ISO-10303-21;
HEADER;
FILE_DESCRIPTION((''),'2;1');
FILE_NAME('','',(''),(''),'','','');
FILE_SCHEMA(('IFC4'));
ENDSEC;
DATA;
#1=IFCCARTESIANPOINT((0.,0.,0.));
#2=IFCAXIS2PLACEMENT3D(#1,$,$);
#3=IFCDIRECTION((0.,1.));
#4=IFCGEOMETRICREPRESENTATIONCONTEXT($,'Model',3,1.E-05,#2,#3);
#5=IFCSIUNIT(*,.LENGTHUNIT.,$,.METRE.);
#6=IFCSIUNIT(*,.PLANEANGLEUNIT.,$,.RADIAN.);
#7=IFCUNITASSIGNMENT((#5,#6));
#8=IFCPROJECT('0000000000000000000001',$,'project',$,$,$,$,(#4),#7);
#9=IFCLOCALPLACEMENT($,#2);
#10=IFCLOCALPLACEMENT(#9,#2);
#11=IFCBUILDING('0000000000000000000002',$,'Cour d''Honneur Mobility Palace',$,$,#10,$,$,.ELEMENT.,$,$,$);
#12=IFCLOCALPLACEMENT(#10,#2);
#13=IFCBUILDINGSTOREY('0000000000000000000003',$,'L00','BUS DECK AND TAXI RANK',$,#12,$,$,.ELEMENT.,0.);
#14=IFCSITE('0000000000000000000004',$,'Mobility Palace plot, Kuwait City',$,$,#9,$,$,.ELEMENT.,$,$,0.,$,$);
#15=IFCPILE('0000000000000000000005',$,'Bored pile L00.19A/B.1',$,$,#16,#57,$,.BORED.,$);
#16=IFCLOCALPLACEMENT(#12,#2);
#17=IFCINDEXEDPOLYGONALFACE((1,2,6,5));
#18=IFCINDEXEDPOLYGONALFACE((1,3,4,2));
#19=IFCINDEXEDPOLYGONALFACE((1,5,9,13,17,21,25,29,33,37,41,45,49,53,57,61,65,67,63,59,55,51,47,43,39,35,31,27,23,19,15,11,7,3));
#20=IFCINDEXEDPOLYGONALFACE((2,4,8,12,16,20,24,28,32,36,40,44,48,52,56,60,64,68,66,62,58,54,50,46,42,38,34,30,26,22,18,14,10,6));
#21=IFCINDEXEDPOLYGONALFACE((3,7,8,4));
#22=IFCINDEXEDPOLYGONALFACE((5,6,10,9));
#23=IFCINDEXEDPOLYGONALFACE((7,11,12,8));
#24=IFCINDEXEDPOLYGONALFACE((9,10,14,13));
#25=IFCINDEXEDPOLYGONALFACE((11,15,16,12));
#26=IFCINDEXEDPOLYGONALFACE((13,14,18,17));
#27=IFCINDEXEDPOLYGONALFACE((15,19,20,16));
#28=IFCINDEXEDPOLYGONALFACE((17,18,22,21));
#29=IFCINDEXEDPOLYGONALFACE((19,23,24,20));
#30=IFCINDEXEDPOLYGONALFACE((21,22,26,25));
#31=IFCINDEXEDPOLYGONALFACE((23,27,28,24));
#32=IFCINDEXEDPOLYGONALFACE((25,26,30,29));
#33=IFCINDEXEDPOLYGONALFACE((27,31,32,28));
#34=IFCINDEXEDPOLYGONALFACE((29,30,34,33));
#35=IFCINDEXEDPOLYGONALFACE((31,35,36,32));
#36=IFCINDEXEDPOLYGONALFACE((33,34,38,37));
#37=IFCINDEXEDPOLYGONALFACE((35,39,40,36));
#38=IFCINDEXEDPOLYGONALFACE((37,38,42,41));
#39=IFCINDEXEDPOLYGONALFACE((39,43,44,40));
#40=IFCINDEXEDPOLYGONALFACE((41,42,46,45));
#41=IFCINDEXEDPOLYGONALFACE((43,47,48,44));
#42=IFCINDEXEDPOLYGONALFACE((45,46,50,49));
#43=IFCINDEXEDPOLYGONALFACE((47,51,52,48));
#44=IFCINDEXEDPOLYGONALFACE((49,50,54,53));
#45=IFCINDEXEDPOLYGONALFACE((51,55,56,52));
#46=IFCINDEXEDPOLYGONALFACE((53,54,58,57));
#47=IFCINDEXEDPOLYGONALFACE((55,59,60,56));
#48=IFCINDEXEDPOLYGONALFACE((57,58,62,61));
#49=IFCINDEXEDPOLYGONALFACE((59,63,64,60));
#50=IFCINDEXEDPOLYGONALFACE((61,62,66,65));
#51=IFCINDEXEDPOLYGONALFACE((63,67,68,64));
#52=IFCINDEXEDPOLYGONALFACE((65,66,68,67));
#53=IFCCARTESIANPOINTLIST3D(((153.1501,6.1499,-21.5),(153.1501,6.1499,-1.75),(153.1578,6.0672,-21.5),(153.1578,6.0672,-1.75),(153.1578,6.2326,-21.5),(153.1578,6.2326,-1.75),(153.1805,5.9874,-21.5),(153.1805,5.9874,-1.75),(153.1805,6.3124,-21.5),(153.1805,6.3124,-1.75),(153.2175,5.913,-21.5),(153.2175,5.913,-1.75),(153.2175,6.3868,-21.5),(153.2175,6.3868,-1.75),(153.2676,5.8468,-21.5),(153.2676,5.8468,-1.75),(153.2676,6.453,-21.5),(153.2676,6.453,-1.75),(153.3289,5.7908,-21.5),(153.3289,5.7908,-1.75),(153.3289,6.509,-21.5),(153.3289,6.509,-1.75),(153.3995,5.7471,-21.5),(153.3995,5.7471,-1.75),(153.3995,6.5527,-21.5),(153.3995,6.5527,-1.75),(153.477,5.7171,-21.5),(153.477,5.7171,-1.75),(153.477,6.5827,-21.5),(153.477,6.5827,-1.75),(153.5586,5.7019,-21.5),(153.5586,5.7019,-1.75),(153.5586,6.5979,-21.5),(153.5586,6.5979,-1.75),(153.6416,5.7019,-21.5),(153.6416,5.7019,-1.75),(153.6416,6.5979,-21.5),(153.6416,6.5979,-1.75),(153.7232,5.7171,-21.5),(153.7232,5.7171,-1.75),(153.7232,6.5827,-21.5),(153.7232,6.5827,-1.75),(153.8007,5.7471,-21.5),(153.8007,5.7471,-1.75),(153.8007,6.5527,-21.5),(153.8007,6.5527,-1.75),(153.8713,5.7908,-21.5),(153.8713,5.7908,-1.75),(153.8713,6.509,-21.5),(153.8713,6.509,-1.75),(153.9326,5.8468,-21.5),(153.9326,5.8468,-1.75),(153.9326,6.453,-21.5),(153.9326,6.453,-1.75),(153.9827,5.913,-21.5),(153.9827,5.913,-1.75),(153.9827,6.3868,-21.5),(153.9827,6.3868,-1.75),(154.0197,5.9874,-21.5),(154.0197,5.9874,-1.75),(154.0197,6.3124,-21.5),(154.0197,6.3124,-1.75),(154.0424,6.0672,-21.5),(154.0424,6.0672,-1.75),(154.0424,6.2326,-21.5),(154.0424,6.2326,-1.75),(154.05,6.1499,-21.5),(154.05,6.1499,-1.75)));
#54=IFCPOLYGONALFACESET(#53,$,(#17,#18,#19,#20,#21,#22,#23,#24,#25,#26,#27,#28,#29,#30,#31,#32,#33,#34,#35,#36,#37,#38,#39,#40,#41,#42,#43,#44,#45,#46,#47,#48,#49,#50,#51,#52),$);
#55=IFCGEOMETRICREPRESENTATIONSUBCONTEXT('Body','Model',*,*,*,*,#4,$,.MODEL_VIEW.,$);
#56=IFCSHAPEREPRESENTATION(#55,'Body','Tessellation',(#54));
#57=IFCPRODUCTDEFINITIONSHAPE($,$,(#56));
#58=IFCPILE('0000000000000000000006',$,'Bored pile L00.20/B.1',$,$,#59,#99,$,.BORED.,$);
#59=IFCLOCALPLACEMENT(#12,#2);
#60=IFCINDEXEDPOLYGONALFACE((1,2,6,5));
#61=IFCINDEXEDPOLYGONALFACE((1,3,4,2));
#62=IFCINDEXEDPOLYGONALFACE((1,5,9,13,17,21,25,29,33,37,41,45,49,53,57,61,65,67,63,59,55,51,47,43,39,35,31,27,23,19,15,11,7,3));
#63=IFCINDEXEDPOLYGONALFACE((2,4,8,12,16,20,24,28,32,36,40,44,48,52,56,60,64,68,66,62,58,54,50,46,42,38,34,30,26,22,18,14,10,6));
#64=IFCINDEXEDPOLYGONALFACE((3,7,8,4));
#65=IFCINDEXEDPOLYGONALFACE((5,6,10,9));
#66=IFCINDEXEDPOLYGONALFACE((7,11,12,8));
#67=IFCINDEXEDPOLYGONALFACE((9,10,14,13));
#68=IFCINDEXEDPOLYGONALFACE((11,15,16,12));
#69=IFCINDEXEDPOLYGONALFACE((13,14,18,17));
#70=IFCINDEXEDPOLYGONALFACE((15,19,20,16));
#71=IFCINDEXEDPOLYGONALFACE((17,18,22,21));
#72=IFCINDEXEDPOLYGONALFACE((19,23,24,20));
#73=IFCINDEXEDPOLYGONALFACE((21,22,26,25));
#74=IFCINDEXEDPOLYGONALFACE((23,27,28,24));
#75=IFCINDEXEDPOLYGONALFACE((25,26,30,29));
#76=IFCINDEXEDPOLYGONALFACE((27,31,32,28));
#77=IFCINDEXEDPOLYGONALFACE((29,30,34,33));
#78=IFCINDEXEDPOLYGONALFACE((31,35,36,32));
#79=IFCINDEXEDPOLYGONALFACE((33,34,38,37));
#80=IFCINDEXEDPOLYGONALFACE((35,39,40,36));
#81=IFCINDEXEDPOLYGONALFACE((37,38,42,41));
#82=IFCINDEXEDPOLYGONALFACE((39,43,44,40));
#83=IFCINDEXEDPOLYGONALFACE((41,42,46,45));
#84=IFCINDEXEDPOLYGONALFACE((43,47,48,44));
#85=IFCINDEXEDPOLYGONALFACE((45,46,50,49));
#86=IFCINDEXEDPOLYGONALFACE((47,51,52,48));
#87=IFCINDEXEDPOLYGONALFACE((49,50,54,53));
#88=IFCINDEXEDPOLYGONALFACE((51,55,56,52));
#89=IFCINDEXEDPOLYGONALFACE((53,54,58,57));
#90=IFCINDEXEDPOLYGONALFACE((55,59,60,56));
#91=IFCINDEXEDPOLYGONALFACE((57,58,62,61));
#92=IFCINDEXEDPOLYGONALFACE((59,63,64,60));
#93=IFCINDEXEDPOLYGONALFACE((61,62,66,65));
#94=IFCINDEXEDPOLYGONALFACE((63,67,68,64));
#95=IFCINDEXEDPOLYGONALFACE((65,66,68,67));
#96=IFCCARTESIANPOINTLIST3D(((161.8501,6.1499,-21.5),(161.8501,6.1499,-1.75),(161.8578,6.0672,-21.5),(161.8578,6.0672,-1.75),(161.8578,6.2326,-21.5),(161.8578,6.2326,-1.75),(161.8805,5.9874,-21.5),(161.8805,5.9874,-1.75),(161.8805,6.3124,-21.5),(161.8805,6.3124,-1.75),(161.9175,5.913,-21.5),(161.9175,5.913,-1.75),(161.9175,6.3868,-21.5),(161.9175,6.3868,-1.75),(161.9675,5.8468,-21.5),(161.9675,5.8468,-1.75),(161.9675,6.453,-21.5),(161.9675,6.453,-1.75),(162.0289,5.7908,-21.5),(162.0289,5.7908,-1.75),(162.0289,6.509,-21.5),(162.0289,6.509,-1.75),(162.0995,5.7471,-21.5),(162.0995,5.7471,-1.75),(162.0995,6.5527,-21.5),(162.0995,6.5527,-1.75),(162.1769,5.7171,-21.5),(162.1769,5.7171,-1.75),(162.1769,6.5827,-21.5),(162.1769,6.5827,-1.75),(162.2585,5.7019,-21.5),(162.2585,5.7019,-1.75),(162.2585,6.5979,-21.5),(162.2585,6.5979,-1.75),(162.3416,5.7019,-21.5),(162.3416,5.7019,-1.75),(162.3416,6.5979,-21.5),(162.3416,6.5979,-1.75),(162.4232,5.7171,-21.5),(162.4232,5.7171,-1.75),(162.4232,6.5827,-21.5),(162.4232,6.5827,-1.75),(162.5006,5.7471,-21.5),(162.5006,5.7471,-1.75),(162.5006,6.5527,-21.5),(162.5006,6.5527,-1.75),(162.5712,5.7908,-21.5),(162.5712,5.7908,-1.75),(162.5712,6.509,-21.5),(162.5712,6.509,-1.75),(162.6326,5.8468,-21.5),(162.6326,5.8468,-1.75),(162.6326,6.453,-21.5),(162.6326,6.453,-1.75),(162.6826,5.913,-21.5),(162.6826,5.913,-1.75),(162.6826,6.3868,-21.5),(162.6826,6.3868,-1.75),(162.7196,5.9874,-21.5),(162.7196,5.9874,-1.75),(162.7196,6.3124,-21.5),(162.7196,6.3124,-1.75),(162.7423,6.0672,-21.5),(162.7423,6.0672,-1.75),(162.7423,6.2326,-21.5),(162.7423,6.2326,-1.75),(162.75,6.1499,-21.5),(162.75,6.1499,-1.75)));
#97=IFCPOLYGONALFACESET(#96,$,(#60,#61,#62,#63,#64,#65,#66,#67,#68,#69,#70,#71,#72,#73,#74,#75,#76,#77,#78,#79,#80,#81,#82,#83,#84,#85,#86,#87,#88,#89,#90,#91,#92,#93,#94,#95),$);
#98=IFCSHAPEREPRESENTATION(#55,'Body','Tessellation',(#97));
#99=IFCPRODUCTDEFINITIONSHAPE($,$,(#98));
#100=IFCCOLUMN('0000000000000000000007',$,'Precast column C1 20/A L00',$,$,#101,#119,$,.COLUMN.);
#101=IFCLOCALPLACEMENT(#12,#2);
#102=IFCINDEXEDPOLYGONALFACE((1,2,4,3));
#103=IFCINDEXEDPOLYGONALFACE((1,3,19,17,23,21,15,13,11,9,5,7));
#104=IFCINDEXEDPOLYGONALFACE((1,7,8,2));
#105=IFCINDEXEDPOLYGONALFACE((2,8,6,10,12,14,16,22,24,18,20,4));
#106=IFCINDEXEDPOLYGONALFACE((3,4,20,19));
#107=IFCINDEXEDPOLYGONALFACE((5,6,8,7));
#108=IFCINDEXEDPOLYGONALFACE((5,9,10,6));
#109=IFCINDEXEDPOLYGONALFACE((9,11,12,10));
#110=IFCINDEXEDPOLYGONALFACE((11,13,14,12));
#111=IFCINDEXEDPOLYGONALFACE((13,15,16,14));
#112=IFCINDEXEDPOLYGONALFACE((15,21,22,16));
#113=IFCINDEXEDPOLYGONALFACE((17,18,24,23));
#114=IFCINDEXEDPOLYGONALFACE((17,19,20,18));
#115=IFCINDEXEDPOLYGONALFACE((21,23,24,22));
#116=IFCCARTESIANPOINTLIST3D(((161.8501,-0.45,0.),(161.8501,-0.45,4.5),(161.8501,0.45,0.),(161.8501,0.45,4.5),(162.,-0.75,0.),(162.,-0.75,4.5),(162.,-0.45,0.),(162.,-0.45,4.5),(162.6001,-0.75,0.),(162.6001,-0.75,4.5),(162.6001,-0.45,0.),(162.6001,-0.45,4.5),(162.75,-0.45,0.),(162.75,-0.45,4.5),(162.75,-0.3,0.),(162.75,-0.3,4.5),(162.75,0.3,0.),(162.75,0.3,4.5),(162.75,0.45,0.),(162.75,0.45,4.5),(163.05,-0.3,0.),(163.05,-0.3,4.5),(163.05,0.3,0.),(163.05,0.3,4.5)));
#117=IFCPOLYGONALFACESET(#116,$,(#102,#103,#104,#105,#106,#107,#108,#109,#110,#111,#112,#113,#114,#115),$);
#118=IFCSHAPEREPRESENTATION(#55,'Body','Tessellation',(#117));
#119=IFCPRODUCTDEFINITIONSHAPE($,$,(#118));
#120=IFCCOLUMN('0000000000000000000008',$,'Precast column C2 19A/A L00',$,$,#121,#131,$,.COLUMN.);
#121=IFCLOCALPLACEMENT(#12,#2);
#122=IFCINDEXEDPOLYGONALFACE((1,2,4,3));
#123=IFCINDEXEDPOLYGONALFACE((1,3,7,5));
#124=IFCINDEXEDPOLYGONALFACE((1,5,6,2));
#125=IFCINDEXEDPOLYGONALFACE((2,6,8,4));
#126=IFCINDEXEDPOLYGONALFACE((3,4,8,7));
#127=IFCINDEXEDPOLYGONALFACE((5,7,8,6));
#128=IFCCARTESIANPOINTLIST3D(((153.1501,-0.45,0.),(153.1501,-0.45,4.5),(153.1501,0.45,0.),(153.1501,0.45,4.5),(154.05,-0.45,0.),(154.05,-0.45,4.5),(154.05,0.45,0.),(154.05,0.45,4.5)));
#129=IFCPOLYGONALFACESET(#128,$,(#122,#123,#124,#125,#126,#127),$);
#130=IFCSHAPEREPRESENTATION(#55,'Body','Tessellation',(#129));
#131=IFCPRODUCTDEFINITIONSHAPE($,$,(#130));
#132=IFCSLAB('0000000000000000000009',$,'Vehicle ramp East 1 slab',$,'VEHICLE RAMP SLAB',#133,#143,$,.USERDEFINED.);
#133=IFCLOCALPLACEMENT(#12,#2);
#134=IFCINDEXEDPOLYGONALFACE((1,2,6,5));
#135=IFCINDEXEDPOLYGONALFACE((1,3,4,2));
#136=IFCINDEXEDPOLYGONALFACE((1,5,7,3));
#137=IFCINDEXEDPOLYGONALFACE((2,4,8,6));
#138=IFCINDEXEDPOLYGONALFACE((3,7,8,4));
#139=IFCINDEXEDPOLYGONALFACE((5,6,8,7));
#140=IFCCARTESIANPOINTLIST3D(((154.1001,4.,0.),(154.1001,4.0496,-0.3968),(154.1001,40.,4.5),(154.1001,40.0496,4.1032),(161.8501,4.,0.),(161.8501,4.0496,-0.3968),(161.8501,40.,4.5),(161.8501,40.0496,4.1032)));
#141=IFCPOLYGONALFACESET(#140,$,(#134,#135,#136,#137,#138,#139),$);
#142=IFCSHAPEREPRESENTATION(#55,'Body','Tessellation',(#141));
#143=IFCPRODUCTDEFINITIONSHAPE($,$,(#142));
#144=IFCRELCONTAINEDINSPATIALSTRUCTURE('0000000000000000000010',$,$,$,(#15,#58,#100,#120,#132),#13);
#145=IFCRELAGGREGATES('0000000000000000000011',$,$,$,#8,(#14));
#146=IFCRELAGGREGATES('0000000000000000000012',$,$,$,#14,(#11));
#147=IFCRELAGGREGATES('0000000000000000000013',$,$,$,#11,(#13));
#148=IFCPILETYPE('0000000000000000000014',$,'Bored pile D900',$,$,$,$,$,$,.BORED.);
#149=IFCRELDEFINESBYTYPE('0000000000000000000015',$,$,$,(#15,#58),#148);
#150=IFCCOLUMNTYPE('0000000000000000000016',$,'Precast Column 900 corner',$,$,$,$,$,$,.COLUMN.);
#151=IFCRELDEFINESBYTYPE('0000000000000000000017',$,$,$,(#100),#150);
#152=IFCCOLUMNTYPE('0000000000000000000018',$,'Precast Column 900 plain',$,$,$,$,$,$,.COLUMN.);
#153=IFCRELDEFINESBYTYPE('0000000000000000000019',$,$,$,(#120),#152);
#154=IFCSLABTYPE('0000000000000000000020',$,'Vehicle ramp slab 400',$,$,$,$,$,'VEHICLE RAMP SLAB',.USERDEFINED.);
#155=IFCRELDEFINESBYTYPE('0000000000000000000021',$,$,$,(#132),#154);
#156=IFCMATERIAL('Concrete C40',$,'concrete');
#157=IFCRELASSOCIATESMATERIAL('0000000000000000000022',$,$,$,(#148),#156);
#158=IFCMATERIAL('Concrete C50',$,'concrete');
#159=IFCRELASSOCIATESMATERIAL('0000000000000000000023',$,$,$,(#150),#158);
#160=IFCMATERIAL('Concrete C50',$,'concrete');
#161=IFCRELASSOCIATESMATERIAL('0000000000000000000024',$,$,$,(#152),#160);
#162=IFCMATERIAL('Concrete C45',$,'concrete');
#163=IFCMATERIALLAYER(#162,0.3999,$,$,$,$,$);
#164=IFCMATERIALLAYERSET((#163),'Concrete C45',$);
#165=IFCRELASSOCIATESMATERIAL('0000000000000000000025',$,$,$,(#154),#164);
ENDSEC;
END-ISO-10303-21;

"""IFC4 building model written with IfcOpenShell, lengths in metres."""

from ifc_helpers import new_model, si_unit, direction, frame, origin, origin_2d, place, context, subcontext, project, spatial, polyline, circle, outline, extrude, material, layer, layer_set, material_profile, profile_set, type_object, element, save


model = new_model("IFC4")

# Units and contexts
model_context = context("Model", 3, precision=1e-05, world=origin(), true_north=direction((0.0, 1.0)))
body_context = subcontext(model_context, "Body", "Model", "MODEL_VIEW")
ifc_project = project(units=[si_unit("LENGTHUNIT", "METRE"), si_unit("PLANEANGLEUNIT", "RADIAN")], contexts=[model_context])

# Site, building, storey
site_placement = place(None, origin())
site = spatial("IfcSite", under=ifc_project, at=site_placement, Name="Mobility Palace plot, Kuwait City", CompositionType="ELEMENT", RefElevation=0.0)
building_placement = place(site_placement, origin())
building = spatial("IfcBuilding", under=site, at=building_placement, Name="Cour d'Honneur Mobility Palace", CompositionType="ELEMENT")
storey_placement = place(building_placement, origin())
storey = spatial("IfcBuildingStorey", under=building, at=storey_placement, Name="L00", Description="BUS DECK AND TAXI RANK", CompositionType="ELEMENT", Elevation=0.0)

# Piles
ifc_material_1 = material(Name="Concrete C40", Category="concrete")
ifc_material_profile_1 = material_profile(ifc_material_1, circle(Radius=0.45, at=origin_2d()), Name="Bored pile D900")
ifc_profile_set_1 = profile_set([ifc_material_profile_1], Name="Concrete C40")
pile_type = type_object("IfcPileType", Name="Bored pile D900", PredefinedType="BORED", material=ifc_profile_set_1)
for number, where, z_axis, x_axis, name in (
    (1, (153.6001, 6.1499, -1.75), (0.0, 0.0, -1.0), (1.0, 0.0, 0.0), "Bored pile L00.19A/B.1"),
    (2, (162.3, 6.1499, -1.75), (0.0, 0.0, -1.0), (1.0, 0.0, 0.0), "Bored pile L00.20/B.1"),
):
    element("IfcPile", number, at=place(storey_placement, frame(where, z_axis=z_axis, x_axis=x_axis)), inside=storey, type_object=pile_type, Name=name, PredefinedType="BORED", context=body_context, shape_type="SweptSolid", body=[
        extrude(circle(Radius=0.45, at=origin_2d()), origin(), (0.0, 0.0, 1.0), 19.75),
    ])

# Columns
ifc_material_2 = material(Name="Concrete C50", Category="concrete")
ifc_material_profile_2 = material_profile(ifc_material_2, outline(polyline([(-0.45, -0.45), (0.45, -0.45), (0.45, -0.3), (0.75, -0.3), (0.75, 0.3), (0.45, 0.3), (0.45, 0.45), (0.3, 0.45), (0.3, 0.75), (-0.3, 0.75), (-0.3, 0.45), (-0.45, 0.45), (-0.45, -0.45)])), Name="PC C900 corner")
ifc_profile_set_2 = profile_set([ifc_material_profile_2], Name="Concrete C50")
column_type_1 = type_object("IfcColumnType", Name="Precast Column 900 corner", PredefinedType="COLUMN", material=ifc_profile_set_2)
column_1_placement = place(storey_placement, frame((162.3, 0.0, 0.0), z_axis=(0.0, 0.0, 1.0), x_axis=(0.0, -1.0, 0.0)))
element("IfcColumn", 3, at=column_1_placement, inside=storey, type_object=column_type_1, Name="Precast column C1 20/A L00", PredefinedType="COLUMN", context=body_context, shape_type="SweptSolid", body=[
    extrude(outline(polyline([(-0.45, -0.45), (0.45, -0.45), (0.45, -0.3), (0.75, -0.3), (0.75, 0.3), (0.45, 0.3), (0.45, 0.45), (0.3, 0.45), (0.3, 0.75), (-0.3, 0.75), (-0.3, 0.45), (-0.45, 0.45), (-0.45, -0.45)])), origin(), (0.0, 0.0, 1.0), 4.5),
])
ifc_material_3 = material(Name="Concrete C50", Category="concrete")
ifc_material_profile_3 = material_profile(ifc_material_3, outline(polyline([(-0.45, -0.45), (0.45, -0.45), (0.45, 0.45), (-0.45, 0.45), (-0.45, -0.45)])), Name="PC C900 plain")
ifc_profile_set_3 = profile_set([ifc_material_profile_3], Name="Concrete C50")
column_type_2 = type_object("IfcColumnType", Name="Precast Column 900 plain", PredefinedType="COLUMN", material=ifc_profile_set_3)
column_2_placement = place(storey_placement, frame((153.6001, 0.0, 0.0), z_axis=(0.0, 0.0, 1.0), x_axis=(1.0, 0.0, 0.0)))
element("IfcColumn", 4, at=column_2_placement, inside=storey, type_object=column_type_2, Name="Precast column C2 19A/A L00", PredefinedType="COLUMN", context=body_context, shape_type="SweptSolid", body=[
    extrude(outline(polyline([(-0.45, -0.45), (0.45, -0.45), (0.45, 0.45), (-0.45, 0.45), (-0.45, -0.45)])), origin(), (0.0, 0.0, 1.0), 4.5),
])

# Slab
ifc_material_4 = material(Name="Concrete C45", Category="concrete")
ifc_layer_1 = layer(ifc_material_4, 0.3999)
ifc_layer_set_1 = layer_set([ifc_layer_1], Name="Concrete C45")
slab_type = type_object("IfcSlabType", Name="Vehicle ramp slab 400", ElementType="VEHICLE RAMP SLAB", PredefinedType="USERDEFINED", material=ifc_layer_set_1)
slab_placement = place(storey_placement, frame((154.1001, 4.0, 0.0), z_axis=(0.0, -0.124035, 0.992278), x_axis=(1.0, 0.0, 0.0)))
element("IfcSlab", 5, at=slab_placement, inside=storey, type_object=slab_type, Name="Vehicle ramp East 1 slab", ObjectType="VEHICLE RAMP SLAB", PredefinedType="USERDEFINED", context=body_context, shape_type="SweptSolid", body=[
    extrude(outline(polyline([(0.0, 0.0), (7.75, 0.0), (7.75, 36.2802), (0.0, 36.2802), (0.0, 0.0)])), origin(), (0.0, 0.0, -1.0), 0.3999),
])

save(model, "model.ifc")
